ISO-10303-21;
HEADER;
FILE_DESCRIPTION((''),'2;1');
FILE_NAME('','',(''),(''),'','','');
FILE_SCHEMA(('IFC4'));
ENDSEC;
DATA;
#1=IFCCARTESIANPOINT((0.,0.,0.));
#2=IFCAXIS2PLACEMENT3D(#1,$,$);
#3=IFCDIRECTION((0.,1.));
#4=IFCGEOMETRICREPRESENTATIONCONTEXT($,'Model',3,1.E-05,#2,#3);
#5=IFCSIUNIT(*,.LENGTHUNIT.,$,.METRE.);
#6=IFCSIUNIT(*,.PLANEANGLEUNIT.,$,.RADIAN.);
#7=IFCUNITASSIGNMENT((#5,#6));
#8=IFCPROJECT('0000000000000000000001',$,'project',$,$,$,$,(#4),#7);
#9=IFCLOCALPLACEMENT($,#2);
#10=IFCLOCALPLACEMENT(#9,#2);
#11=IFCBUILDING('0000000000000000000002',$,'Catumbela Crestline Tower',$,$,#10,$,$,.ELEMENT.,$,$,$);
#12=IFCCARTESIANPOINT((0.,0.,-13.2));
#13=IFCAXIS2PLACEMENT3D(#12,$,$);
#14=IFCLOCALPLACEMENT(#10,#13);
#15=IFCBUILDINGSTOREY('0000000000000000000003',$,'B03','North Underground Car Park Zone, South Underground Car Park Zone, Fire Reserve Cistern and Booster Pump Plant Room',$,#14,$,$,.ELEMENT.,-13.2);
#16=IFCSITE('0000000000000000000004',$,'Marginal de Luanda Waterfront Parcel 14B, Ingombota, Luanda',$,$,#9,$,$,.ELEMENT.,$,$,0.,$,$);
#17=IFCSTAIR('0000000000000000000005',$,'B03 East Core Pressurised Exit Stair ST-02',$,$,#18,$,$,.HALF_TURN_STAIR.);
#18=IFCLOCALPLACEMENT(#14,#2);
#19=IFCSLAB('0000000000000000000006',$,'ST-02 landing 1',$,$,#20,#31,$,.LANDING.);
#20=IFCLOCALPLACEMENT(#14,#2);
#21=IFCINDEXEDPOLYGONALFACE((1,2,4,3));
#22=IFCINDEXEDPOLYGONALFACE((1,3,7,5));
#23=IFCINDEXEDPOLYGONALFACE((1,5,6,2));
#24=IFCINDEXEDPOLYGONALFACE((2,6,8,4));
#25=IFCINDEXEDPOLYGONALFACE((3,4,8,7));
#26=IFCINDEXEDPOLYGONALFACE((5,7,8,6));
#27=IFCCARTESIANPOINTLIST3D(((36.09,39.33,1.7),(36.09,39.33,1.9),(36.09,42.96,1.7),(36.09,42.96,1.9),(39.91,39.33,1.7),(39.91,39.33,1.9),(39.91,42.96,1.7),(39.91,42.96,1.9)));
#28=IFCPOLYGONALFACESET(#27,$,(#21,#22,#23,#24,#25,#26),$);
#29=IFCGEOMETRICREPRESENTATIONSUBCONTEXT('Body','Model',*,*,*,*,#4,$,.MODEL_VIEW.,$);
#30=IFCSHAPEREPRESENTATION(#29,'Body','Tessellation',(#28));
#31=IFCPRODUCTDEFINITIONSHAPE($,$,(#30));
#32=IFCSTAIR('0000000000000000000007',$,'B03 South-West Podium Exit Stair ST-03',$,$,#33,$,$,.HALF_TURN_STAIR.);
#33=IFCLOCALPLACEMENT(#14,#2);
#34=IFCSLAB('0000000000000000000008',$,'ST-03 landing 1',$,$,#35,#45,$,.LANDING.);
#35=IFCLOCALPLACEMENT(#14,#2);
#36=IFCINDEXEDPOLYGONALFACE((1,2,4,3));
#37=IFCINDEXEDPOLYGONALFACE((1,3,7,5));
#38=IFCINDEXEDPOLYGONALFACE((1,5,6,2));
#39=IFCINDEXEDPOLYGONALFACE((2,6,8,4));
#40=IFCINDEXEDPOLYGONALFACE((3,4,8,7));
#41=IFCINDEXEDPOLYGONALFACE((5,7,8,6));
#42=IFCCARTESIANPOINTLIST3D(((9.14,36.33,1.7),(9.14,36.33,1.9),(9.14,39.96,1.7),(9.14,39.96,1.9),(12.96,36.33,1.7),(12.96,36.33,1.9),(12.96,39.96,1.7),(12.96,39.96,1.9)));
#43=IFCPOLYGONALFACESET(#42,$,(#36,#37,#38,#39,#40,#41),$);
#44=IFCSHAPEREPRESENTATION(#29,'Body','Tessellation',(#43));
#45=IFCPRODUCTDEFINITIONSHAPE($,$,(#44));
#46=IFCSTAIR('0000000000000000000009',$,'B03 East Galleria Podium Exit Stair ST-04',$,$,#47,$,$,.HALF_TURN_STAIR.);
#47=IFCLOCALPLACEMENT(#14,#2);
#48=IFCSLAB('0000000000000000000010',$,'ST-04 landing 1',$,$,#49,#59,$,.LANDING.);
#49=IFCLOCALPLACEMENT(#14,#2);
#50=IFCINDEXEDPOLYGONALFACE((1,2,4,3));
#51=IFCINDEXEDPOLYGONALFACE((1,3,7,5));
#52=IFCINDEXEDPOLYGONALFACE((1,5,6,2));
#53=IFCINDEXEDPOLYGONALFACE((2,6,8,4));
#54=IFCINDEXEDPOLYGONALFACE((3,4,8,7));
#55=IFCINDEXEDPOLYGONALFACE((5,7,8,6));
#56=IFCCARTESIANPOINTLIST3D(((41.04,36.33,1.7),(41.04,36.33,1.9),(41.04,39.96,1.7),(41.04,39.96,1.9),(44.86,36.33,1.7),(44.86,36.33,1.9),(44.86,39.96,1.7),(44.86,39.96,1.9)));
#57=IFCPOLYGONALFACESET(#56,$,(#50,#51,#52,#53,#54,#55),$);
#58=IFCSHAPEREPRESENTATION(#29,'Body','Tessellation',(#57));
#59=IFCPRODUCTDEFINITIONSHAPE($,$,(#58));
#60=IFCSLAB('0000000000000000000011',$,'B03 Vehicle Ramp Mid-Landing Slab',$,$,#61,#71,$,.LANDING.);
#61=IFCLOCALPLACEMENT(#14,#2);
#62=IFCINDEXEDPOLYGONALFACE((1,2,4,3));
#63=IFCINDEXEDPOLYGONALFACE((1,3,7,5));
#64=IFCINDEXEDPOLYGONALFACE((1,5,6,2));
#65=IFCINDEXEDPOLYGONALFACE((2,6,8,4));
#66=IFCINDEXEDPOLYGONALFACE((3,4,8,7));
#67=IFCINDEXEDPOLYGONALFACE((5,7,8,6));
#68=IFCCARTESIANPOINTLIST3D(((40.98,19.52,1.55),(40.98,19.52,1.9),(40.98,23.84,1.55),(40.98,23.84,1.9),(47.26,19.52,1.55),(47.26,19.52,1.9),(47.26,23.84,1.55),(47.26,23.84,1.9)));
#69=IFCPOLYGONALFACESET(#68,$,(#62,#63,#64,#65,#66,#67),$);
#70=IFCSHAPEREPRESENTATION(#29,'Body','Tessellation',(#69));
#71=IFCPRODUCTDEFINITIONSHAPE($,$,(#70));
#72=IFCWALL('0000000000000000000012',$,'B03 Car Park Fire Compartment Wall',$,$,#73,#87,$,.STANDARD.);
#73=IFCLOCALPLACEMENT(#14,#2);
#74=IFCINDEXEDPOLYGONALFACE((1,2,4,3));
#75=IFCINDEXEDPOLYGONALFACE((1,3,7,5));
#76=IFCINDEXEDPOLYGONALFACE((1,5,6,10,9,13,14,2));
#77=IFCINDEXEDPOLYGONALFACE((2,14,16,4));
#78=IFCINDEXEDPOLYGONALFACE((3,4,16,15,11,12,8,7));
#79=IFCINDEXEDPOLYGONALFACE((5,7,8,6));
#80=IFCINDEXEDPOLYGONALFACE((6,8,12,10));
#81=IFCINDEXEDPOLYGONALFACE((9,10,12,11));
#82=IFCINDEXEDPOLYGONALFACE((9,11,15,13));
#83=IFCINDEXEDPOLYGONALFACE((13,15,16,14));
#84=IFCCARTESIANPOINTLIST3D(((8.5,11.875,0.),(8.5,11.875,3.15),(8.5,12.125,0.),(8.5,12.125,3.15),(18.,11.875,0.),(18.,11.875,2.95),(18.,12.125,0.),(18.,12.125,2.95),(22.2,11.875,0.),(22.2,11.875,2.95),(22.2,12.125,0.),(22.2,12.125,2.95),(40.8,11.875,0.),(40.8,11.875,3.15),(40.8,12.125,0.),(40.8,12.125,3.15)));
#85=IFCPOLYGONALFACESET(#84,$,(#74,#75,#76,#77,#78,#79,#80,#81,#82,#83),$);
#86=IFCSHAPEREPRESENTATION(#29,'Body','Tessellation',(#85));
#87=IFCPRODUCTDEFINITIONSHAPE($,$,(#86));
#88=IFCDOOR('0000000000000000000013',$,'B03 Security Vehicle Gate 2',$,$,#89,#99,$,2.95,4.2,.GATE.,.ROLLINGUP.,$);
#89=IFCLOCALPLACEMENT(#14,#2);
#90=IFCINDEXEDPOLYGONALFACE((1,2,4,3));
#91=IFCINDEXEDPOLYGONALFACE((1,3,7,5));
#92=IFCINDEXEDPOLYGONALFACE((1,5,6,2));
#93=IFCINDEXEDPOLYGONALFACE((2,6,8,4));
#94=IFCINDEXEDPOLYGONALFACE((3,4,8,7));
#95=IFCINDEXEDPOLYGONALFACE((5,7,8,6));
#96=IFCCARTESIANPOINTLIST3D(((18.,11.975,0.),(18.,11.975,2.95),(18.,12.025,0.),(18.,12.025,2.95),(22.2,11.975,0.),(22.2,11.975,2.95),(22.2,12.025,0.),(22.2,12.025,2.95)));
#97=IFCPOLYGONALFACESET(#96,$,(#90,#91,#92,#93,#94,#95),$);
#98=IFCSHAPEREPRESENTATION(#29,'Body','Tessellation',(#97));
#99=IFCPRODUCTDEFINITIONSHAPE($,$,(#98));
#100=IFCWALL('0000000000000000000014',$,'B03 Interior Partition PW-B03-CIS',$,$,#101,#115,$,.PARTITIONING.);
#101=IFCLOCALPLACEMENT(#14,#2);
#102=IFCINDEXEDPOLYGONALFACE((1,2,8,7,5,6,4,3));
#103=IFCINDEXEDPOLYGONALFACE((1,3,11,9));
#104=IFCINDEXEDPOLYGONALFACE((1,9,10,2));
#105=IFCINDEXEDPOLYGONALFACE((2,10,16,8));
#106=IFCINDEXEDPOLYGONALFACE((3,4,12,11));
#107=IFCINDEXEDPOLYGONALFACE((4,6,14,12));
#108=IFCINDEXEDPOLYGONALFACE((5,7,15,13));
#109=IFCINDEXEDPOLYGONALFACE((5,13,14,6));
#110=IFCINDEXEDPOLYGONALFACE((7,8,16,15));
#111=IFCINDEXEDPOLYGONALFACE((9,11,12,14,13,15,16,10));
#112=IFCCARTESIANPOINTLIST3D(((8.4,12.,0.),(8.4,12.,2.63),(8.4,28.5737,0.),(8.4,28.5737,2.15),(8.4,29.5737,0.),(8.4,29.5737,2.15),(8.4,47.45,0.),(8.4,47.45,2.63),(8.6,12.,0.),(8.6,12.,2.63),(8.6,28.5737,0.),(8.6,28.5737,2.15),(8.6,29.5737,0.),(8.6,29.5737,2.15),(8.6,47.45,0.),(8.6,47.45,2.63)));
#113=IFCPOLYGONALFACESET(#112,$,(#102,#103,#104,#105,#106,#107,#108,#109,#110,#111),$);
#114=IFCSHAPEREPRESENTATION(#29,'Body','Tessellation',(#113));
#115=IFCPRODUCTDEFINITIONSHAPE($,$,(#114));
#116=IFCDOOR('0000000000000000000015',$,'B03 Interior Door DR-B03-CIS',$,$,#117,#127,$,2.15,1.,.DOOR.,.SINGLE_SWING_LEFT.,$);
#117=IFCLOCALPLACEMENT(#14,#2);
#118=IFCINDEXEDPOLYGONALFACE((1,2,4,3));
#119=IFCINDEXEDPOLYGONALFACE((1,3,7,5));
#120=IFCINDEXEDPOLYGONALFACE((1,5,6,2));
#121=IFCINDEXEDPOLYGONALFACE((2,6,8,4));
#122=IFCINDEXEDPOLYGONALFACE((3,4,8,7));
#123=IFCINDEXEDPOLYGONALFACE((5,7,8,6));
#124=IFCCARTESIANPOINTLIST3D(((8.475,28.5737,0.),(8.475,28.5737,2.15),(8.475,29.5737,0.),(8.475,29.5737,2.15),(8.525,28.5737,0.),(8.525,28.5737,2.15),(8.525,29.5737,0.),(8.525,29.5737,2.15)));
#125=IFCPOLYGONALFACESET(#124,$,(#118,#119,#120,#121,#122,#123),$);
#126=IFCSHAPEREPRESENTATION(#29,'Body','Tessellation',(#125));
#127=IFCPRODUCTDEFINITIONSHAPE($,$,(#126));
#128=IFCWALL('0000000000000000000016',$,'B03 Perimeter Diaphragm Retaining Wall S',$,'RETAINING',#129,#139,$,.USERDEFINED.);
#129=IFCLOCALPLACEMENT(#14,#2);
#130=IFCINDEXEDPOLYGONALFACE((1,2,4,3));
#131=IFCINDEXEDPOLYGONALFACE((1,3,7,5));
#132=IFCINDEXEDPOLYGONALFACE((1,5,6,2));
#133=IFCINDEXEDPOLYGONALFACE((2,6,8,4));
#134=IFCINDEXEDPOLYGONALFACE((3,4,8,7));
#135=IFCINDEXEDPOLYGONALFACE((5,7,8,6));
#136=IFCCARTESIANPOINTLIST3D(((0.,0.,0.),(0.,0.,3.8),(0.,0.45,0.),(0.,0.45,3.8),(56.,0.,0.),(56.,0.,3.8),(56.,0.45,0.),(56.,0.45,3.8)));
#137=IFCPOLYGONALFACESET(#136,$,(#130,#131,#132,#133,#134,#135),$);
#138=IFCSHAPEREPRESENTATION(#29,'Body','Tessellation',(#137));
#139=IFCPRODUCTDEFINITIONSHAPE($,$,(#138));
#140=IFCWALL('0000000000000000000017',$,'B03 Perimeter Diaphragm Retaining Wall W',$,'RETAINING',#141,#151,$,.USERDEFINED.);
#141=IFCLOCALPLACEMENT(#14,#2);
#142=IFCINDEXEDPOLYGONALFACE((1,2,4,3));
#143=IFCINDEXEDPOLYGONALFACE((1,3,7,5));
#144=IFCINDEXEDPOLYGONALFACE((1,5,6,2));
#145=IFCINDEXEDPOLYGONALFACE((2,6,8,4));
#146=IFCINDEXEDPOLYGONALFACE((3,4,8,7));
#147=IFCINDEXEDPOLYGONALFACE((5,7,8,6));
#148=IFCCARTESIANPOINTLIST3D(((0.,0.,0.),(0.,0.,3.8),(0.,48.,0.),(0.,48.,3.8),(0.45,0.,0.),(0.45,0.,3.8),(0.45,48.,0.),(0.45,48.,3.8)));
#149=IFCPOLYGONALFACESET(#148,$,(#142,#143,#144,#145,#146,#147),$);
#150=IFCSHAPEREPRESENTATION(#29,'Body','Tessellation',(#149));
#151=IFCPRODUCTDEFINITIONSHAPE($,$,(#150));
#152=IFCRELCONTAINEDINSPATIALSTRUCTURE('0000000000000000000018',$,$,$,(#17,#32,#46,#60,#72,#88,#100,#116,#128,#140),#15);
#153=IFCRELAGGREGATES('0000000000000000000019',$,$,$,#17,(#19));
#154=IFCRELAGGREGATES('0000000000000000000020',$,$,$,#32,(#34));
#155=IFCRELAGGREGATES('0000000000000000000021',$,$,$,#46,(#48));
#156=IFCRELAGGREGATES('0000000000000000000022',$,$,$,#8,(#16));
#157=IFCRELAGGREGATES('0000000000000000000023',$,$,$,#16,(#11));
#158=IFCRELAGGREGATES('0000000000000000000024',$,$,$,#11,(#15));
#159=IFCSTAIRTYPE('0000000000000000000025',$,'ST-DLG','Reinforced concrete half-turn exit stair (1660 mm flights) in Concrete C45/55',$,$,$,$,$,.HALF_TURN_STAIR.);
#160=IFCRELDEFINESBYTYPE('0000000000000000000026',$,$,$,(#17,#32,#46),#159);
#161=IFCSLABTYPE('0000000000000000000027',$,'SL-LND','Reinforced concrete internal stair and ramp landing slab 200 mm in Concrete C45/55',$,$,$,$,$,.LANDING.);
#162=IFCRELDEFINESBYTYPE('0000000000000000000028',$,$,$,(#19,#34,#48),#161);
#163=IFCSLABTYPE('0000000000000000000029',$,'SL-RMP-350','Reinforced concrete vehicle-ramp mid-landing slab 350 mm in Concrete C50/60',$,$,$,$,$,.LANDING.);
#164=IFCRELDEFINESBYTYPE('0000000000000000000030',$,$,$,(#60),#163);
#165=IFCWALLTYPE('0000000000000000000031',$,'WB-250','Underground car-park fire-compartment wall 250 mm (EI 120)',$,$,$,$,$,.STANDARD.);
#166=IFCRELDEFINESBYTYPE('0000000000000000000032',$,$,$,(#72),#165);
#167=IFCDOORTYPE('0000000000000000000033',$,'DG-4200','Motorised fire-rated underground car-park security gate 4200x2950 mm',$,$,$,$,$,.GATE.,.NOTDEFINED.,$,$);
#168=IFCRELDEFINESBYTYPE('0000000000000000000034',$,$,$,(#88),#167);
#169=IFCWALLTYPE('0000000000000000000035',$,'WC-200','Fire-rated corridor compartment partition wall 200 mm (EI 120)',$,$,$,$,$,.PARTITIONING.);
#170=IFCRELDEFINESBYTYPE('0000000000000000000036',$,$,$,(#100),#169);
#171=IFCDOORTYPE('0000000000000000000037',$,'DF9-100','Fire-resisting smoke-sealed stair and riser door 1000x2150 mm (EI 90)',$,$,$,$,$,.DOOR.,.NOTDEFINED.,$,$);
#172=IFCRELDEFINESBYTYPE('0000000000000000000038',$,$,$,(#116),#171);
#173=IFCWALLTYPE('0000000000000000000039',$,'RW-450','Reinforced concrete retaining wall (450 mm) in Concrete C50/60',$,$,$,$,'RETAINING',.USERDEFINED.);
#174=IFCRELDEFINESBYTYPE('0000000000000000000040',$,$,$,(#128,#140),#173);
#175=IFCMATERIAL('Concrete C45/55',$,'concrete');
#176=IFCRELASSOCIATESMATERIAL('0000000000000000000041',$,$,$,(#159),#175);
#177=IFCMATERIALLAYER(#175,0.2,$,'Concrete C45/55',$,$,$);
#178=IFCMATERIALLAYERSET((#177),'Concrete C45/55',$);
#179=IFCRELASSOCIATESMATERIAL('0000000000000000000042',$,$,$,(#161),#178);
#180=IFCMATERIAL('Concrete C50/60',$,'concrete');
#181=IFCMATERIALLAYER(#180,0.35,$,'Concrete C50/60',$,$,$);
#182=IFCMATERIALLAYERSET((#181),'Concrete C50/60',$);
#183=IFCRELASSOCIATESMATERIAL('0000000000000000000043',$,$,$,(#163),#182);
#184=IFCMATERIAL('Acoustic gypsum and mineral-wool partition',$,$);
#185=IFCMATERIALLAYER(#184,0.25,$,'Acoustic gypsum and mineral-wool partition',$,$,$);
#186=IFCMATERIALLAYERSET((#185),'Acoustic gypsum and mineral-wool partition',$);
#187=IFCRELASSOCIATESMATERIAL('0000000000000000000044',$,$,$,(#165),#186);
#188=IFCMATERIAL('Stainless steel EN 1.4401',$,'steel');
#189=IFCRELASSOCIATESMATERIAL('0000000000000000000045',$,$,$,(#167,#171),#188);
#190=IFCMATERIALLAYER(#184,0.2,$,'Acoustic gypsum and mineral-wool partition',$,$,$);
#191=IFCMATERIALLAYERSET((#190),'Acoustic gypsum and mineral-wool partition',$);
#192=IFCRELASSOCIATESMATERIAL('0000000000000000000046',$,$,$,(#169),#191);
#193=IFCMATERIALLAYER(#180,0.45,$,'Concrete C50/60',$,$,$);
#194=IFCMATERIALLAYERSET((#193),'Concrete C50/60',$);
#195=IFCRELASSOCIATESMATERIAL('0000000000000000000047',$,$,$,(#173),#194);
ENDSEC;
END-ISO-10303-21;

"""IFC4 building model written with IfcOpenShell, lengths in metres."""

from ifc_helpers import new_model, si_unit, direction, frame, frame_2d, origin, place, context, subcontext, project, spatial, polyline, rectangle, outline, extrude, material, layer, layer_set, type_object, element, fill, aggregate, save


model = new_model("IFC4")

# Units and contexts
model_context = context("Model", 3, precision=1e-05, world=origin(), true_north=direction((0.0, 1.0)))
body_context = subcontext(model_context, "Body", "Model", "MODEL_VIEW")
ifc_project = project(units=[si_unit("LENGTHUNIT", "METRE"), si_unit("PLANEANGLEUNIT", "RADIAN")], contexts=[model_context])

# Site, building, storey
site_placement = place(None, origin())
site = spatial("IfcSite", under=ifc_project, at=site_placement, Name="Marginal de Luanda Waterfront Parcel 14B, Ingombota, Luanda", CompositionType="ELEMENT", RefElevation=0.0)
building_placement = place(site_placement, origin())
building = spatial("IfcBuilding", under=site, at=building_placement, Name="Catumbela Crestline Tower", CompositionType="ELEMENT")
storey_placement = place(building_placement, frame((0.0, 0.0, -13.2)))
storey = spatial("IfcBuildingStorey", under=building, at=storey_placement, Name="B03", Description="North Underground Car Park Zone, South Underground Car Park Zone, Fire Reserve Cistern and Booster Pump Plant Room", CompositionType="ELEMENT", Elevation=-13.2)

# Shared definitions
ifc_material_1 = material(Name="Concrete C50/60", Category="concrete")

# Stairs, slabs
ifc_material_2 = material(Name="Concrete C45/55", Category="concrete")
stair_type = type_object("IfcStairType", Name="ST-DLG", Description="Reinforced concrete half-turn exit stair (1660 mm flights) in Concrete C45/55", PredefinedType="HALF_TURN_STAIR", material=ifc_material_2)
ifc_layer_1 = layer(ifc_material_2, 0.2, Name="Concrete C45/55")
ifc_layer_set_1 = layer_set([ifc_layer_1], Name="Concrete C45/55")
slab_type_1 = type_object("IfcSlabType", Name="SL-LND", Description="Reinforced concrete internal stair and ramp landing slab 200 mm in Concrete C45/55", PredefinedType="LANDING", material=ifc_layer_set_1)
stair_1_placement = place(storey_placement, origin())
stair_1 = element("IfcStair", 1, at=stair_1_placement, inside=storey, type_object=stair_type, Name="B03 East Core Pressurised Exit Stair ST-02", PredefinedType="HALF_TURN_STAIR")
slab_1_placement = place(storey_placement, frame((0.0, 0.0, 1.7)))
slab_1 = element("IfcSlab", 2, at=slab_1_placement, type_object=slab_type_1, Name="ST-02 landing 1", PredefinedType="LANDING", context=body_context, shape_type="SweptSolid", body=[
    extrude(outline(polyline([(39.91, 39.33), (39.91, 42.96), (36.09, 42.96), (36.09, 39.33), (39.91, 39.33)])), origin(), (0.0, 0.0, 1.0), 0.2),
])
aggregate(stair_1, [slab_1])
stair_2_placement = place(storey_placement, origin())
stair_2 = element("IfcStair", 3, at=stair_2_placement, inside=storey, type_object=stair_type, Name="B03 South-West Podium Exit Stair ST-03", PredefinedType="HALF_TURN_STAIR")
slab_2_placement = place(storey_placement, frame((0.0, 0.0, 1.7)))
slab_2 = element("IfcSlab", 4, at=slab_2_placement, type_object=slab_type_1, Name="ST-03 landing 1", PredefinedType="LANDING", context=body_context, shape_type="SweptSolid", body=[
    extrude(outline(polyline([(12.96, 36.33), (12.96, 39.96), (9.14, 39.96), (9.14, 36.33), (12.96, 36.33)])), origin(), (0.0, 0.0, 1.0), 0.2),
])
aggregate(stair_2, [slab_2])
stair_3_placement = place(storey_placement, origin())
stair_3 = element("IfcStair", 5, at=stair_3_placement, inside=storey, type_object=stair_type, Name="B03 East Galleria Podium Exit Stair ST-04", PredefinedType="HALF_TURN_STAIR")
slab_3_placement = place(storey_placement, frame((0.0, 0.0, 1.7)))
slab_3 = element("IfcSlab", 6, at=slab_3_placement, type_object=slab_type_1, Name="ST-04 landing 1", PredefinedType="LANDING", context=body_context, shape_type="SweptSolid", body=[
    extrude(outline(polyline([(44.86, 36.33), (44.86, 39.96), (41.04, 39.96), (41.04, 36.33), (44.86, 36.33)])), origin(), (0.0, 0.0, 1.0), 0.2),
])
aggregate(stair_3, [slab_3])

# Slab
ifc_layer_2 = layer(ifc_material_1, 0.35, Name="Concrete C50/60")
ifc_layer_set_2 = layer_set([ifc_layer_2], Name="Concrete C50/60")
slab_type_2 = type_object("IfcSlabType", Name="SL-RMP-350", Description="Reinforced concrete vehicle-ramp mid-landing slab 350 mm in Concrete C50/60", PredefinedType="LANDING", material=ifc_layer_set_2)
slab_4_placement = place(storey_placement, frame((0.0, 0.0, 1.55)))
element("IfcSlab", 7, at=slab_4_placement, inside=storey, type_object=slab_type_2, Name="B03 Vehicle Ramp Mid-Landing Slab", PredefinedType="LANDING", context=body_context, shape_type="SweptSolid", body=[
    extrude(outline(polyline([(40.98, 19.52), (47.26, 19.52), (47.26, 23.84), (40.98, 23.84), (40.98, 19.52)])), origin(), (0.0, 0.0, 1.0), 0.35),
])

# Walls, openings, doors
ifc_material_3 = material(Name="Acoustic gypsum and mineral-wool partition")
ifc_layer_3 = layer(ifc_material_3, 0.25, Name="Acoustic gypsum and mineral-wool partition")
ifc_layer_set_3 = layer_set([ifc_layer_3], Name="Acoustic gypsum and mineral-wool partition")
wall_type_1 = type_object("IfcWallType", Name="WB-250", Description="Underground car-park fire-compartment wall 250 mm (EI 120)", PredefinedType="STANDARD", material=ifc_layer_set_3)
wall_1_placement = place(storey_placement, frame((8.5, 12.0, 0.0), z_axis=(0.0, 0.0, 1.0), x_axis=(1.0, 0.0, 0.0)))
wall_1 = element("IfcWall", 8, at=wall_1_placement, inside=storey, type_object=wall_type_1, Name="B03 Car Park Fire Compartment Wall", PredefinedType="STANDARD", context=body_context, shape_type="SweptSolid", body=[
    extrude(rectangle(XDim=32.3, YDim=0.25, at=frame_2d((16.15, 0.0))), origin(), (0.0, 0.0, 1.0), 3.15),
])
opening_1_placement = place(wall_1_placement, frame((9.5, 0.0, 0.0)))
opening_1 = element("IfcOpeningElement", 9, at=opening_1_placement, cuts=wall_1, PredefinedType="OPENING", context=body_context, shape_type="SweptSolid", body=[
    extrude(rectangle(XDim=4.2, YDim=2.95, at=frame_2d((2.1, 1.475))), frame((0.0, 0.135, 0.0), z_axis=(0.0, -1.0, 0.0), x_axis=(1.0, 0.0, 0.0)), (0.0, 0.0, 1.0), 0.27),
])
ifc_material_4 = material(Name="Stainless steel EN 1.4401", Category="steel")
door_type_1 = type_object("IfcDoorType", Name="DG-4200", Description="Motorised fire-rated underground car-park security gate 4200x2950 mm", OperationType="NOTDEFINED", PredefinedType="GATE", material=ifc_material_4)
door_1_placement = place(opening_1_placement, origin())
door_1 = element("IfcDoor", 10, at=door_1_placement, inside=storey, type_object=door_type_1, Name="B03 Security Vehicle Gate 2", OperationType="ROLLINGUP", OverallHeight=2.95, OverallWidth=4.2, PredefinedType="GATE", context=body_context, shape_type="SweptSolid", body=[
    extrude(rectangle(XDim=4.2, YDim=2.95, at=frame_2d((2.1, 1.475))), frame((0.0, 0.025, 0.0), z_axis=(0.0, -1.0, 0.0), x_axis=(1.0, 0.0, 0.0)), (0.0, 0.0, 1.0), 0.05),
])
fill(opening_1, door_1)
ifc_layer_4 = layer(ifc_material_3, 0.2, Name="Acoustic gypsum and mineral-wool partition")
ifc_layer_set_4 = layer_set([ifc_layer_4], Name="Acoustic gypsum and mineral-wool partition")
wall_type_2 = type_object("IfcWallType", Name="WC-200", Description="Fire-rated corridor compartment partition wall 200 mm (EI 120)", PredefinedType="PARTITIONING", material=ifc_layer_set_4)
wall_2_placement = place(storey_placement, frame((8.5, 12.0, 0.0), z_axis=(0.0, 0.0, 1.0), x_axis=(0.0, 1.0, 0.0)))
wall_2 = element("IfcWall", 11, at=wall_2_placement, inside=storey, type_object=wall_type_2, Name="B03 Interior Partition PW-B03-CIS", PredefinedType="PARTITIONING", context=body_context, shape_type="SweptSolid", body=[
    extrude(rectangle(XDim=35.45, YDim=0.2, at=frame_2d((17.725, 0.0))), origin(), (0.0, 0.0, 1.0), 2.63),
])
opening_2_placement = place(wall_2_placement, frame((16.5737, 0.0, 0.0)))
opening_2 = element("IfcOpeningElement", 12, at=opening_2_placement, cuts=wall_2, PredefinedType="OPENING", context=body_context, shape_type="SweptSolid", body=[
    extrude(rectangle(XDim=1.0, YDim=2.15, at=frame_2d((0.5, 1.075))), frame((0.0, 0.11, 0.0), z_axis=(0.0, -1.0, 0.0), x_axis=(1.0, 0.0, 0.0)), (0.0, 0.0, 1.0), 0.22),
])
door_type_2 = type_object("IfcDoorType", Name="DF9-100", Description="Fire-resisting smoke-sealed stair and riser door 1000x2150 mm (EI 90)", OperationType="NOTDEFINED", PredefinedType="DOOR", material=ifc_material_4)
door_2_placement = place(opening_2_placement, origin())
door_2 = element("IfcDoor", 13, at=door_2_placement, inside=storey, type_object=door_type_2, Name="B03 Interior Door DR-B03-CIS", OperationType="SINGLE_SWING_LEFT", OverallHeight=2.15, OverallWidth=1.0, PredefinedType="DOOR", context=body_context, shape_type="SweptSolid", body=[
    extrude(rectangle(XDim=1.0, YDim=2.15, at=frame_2d((0.5, 1.075))), frame((0.0, 0.025, 0.0), z_axis=(0.0, -1.0, 0.0), x_axis=(1.0, 0.0, 0.0)), (0.0, 0.0, 1.0), 0.05),
])
fill(opening_2, door_2)

# Walls
ifc_layer_5 = layer(ifc_material_1, 0.45, Name="Concrete C50/60")
ifc_layer_set_5 = layer_set([ifc_layer_5], Name="Concrete C50/60")
wall_type_3 = type_object("IfcWallType", Name="RW-450", Description="Reinforced concrete retaining wall (450 mm) in Concrete C50/60", ElementType="RETAINING", PredefinedType="USERDEFINED", material=ifc_layer_set_5)
wall_3_placement = place(storey_placement, frame((0.0, 0.225, 0.0), z_axis=(0.0, 0.0, 1.0), x_axis=(1.0, 0.0, 0.0)))
element("IfcWall", 14, at=wall_3_placement, inside=storey, type_object=wall_type_3, Name="B03 Perimeter Diaphragm Retaining Wall S", ObjectType="RETAINING", PredefinedType="USERDEFINED", context=body_context, shape_type="SweptSolid", body=[
    extrude(rectangle(XDim=56.0, YDim=0.45, at=frame_2d((28.0, 0.0))), origin(), (0.0, 0.0, 1.0), 3.8),
])
wall_4_placement = place(storey_placement, frame((0.225, 0.0, 0.0), z_axis=(0.0, 0.0, 1.0), x_axis=(0.0, 1.0, 0.0)))
element("IfcWall", 15, at=wall_4_placement, inside=storey, type_object=wall_type_3, Name="B03 Perimeter Diaphragm Retaining Wall W", ObjectType="RETAINING", PredefinedType="USERDEFINED", context=body_context, shape_type="SweptSolid", body=[
    extrude(rectangle(XDim=48.0, YDim=0.45, at=frame_2d((24.0, 0.0))), origin(), (0.0, 0.0, 1.0), 3.8),
])

save(model, "model.ifc")
